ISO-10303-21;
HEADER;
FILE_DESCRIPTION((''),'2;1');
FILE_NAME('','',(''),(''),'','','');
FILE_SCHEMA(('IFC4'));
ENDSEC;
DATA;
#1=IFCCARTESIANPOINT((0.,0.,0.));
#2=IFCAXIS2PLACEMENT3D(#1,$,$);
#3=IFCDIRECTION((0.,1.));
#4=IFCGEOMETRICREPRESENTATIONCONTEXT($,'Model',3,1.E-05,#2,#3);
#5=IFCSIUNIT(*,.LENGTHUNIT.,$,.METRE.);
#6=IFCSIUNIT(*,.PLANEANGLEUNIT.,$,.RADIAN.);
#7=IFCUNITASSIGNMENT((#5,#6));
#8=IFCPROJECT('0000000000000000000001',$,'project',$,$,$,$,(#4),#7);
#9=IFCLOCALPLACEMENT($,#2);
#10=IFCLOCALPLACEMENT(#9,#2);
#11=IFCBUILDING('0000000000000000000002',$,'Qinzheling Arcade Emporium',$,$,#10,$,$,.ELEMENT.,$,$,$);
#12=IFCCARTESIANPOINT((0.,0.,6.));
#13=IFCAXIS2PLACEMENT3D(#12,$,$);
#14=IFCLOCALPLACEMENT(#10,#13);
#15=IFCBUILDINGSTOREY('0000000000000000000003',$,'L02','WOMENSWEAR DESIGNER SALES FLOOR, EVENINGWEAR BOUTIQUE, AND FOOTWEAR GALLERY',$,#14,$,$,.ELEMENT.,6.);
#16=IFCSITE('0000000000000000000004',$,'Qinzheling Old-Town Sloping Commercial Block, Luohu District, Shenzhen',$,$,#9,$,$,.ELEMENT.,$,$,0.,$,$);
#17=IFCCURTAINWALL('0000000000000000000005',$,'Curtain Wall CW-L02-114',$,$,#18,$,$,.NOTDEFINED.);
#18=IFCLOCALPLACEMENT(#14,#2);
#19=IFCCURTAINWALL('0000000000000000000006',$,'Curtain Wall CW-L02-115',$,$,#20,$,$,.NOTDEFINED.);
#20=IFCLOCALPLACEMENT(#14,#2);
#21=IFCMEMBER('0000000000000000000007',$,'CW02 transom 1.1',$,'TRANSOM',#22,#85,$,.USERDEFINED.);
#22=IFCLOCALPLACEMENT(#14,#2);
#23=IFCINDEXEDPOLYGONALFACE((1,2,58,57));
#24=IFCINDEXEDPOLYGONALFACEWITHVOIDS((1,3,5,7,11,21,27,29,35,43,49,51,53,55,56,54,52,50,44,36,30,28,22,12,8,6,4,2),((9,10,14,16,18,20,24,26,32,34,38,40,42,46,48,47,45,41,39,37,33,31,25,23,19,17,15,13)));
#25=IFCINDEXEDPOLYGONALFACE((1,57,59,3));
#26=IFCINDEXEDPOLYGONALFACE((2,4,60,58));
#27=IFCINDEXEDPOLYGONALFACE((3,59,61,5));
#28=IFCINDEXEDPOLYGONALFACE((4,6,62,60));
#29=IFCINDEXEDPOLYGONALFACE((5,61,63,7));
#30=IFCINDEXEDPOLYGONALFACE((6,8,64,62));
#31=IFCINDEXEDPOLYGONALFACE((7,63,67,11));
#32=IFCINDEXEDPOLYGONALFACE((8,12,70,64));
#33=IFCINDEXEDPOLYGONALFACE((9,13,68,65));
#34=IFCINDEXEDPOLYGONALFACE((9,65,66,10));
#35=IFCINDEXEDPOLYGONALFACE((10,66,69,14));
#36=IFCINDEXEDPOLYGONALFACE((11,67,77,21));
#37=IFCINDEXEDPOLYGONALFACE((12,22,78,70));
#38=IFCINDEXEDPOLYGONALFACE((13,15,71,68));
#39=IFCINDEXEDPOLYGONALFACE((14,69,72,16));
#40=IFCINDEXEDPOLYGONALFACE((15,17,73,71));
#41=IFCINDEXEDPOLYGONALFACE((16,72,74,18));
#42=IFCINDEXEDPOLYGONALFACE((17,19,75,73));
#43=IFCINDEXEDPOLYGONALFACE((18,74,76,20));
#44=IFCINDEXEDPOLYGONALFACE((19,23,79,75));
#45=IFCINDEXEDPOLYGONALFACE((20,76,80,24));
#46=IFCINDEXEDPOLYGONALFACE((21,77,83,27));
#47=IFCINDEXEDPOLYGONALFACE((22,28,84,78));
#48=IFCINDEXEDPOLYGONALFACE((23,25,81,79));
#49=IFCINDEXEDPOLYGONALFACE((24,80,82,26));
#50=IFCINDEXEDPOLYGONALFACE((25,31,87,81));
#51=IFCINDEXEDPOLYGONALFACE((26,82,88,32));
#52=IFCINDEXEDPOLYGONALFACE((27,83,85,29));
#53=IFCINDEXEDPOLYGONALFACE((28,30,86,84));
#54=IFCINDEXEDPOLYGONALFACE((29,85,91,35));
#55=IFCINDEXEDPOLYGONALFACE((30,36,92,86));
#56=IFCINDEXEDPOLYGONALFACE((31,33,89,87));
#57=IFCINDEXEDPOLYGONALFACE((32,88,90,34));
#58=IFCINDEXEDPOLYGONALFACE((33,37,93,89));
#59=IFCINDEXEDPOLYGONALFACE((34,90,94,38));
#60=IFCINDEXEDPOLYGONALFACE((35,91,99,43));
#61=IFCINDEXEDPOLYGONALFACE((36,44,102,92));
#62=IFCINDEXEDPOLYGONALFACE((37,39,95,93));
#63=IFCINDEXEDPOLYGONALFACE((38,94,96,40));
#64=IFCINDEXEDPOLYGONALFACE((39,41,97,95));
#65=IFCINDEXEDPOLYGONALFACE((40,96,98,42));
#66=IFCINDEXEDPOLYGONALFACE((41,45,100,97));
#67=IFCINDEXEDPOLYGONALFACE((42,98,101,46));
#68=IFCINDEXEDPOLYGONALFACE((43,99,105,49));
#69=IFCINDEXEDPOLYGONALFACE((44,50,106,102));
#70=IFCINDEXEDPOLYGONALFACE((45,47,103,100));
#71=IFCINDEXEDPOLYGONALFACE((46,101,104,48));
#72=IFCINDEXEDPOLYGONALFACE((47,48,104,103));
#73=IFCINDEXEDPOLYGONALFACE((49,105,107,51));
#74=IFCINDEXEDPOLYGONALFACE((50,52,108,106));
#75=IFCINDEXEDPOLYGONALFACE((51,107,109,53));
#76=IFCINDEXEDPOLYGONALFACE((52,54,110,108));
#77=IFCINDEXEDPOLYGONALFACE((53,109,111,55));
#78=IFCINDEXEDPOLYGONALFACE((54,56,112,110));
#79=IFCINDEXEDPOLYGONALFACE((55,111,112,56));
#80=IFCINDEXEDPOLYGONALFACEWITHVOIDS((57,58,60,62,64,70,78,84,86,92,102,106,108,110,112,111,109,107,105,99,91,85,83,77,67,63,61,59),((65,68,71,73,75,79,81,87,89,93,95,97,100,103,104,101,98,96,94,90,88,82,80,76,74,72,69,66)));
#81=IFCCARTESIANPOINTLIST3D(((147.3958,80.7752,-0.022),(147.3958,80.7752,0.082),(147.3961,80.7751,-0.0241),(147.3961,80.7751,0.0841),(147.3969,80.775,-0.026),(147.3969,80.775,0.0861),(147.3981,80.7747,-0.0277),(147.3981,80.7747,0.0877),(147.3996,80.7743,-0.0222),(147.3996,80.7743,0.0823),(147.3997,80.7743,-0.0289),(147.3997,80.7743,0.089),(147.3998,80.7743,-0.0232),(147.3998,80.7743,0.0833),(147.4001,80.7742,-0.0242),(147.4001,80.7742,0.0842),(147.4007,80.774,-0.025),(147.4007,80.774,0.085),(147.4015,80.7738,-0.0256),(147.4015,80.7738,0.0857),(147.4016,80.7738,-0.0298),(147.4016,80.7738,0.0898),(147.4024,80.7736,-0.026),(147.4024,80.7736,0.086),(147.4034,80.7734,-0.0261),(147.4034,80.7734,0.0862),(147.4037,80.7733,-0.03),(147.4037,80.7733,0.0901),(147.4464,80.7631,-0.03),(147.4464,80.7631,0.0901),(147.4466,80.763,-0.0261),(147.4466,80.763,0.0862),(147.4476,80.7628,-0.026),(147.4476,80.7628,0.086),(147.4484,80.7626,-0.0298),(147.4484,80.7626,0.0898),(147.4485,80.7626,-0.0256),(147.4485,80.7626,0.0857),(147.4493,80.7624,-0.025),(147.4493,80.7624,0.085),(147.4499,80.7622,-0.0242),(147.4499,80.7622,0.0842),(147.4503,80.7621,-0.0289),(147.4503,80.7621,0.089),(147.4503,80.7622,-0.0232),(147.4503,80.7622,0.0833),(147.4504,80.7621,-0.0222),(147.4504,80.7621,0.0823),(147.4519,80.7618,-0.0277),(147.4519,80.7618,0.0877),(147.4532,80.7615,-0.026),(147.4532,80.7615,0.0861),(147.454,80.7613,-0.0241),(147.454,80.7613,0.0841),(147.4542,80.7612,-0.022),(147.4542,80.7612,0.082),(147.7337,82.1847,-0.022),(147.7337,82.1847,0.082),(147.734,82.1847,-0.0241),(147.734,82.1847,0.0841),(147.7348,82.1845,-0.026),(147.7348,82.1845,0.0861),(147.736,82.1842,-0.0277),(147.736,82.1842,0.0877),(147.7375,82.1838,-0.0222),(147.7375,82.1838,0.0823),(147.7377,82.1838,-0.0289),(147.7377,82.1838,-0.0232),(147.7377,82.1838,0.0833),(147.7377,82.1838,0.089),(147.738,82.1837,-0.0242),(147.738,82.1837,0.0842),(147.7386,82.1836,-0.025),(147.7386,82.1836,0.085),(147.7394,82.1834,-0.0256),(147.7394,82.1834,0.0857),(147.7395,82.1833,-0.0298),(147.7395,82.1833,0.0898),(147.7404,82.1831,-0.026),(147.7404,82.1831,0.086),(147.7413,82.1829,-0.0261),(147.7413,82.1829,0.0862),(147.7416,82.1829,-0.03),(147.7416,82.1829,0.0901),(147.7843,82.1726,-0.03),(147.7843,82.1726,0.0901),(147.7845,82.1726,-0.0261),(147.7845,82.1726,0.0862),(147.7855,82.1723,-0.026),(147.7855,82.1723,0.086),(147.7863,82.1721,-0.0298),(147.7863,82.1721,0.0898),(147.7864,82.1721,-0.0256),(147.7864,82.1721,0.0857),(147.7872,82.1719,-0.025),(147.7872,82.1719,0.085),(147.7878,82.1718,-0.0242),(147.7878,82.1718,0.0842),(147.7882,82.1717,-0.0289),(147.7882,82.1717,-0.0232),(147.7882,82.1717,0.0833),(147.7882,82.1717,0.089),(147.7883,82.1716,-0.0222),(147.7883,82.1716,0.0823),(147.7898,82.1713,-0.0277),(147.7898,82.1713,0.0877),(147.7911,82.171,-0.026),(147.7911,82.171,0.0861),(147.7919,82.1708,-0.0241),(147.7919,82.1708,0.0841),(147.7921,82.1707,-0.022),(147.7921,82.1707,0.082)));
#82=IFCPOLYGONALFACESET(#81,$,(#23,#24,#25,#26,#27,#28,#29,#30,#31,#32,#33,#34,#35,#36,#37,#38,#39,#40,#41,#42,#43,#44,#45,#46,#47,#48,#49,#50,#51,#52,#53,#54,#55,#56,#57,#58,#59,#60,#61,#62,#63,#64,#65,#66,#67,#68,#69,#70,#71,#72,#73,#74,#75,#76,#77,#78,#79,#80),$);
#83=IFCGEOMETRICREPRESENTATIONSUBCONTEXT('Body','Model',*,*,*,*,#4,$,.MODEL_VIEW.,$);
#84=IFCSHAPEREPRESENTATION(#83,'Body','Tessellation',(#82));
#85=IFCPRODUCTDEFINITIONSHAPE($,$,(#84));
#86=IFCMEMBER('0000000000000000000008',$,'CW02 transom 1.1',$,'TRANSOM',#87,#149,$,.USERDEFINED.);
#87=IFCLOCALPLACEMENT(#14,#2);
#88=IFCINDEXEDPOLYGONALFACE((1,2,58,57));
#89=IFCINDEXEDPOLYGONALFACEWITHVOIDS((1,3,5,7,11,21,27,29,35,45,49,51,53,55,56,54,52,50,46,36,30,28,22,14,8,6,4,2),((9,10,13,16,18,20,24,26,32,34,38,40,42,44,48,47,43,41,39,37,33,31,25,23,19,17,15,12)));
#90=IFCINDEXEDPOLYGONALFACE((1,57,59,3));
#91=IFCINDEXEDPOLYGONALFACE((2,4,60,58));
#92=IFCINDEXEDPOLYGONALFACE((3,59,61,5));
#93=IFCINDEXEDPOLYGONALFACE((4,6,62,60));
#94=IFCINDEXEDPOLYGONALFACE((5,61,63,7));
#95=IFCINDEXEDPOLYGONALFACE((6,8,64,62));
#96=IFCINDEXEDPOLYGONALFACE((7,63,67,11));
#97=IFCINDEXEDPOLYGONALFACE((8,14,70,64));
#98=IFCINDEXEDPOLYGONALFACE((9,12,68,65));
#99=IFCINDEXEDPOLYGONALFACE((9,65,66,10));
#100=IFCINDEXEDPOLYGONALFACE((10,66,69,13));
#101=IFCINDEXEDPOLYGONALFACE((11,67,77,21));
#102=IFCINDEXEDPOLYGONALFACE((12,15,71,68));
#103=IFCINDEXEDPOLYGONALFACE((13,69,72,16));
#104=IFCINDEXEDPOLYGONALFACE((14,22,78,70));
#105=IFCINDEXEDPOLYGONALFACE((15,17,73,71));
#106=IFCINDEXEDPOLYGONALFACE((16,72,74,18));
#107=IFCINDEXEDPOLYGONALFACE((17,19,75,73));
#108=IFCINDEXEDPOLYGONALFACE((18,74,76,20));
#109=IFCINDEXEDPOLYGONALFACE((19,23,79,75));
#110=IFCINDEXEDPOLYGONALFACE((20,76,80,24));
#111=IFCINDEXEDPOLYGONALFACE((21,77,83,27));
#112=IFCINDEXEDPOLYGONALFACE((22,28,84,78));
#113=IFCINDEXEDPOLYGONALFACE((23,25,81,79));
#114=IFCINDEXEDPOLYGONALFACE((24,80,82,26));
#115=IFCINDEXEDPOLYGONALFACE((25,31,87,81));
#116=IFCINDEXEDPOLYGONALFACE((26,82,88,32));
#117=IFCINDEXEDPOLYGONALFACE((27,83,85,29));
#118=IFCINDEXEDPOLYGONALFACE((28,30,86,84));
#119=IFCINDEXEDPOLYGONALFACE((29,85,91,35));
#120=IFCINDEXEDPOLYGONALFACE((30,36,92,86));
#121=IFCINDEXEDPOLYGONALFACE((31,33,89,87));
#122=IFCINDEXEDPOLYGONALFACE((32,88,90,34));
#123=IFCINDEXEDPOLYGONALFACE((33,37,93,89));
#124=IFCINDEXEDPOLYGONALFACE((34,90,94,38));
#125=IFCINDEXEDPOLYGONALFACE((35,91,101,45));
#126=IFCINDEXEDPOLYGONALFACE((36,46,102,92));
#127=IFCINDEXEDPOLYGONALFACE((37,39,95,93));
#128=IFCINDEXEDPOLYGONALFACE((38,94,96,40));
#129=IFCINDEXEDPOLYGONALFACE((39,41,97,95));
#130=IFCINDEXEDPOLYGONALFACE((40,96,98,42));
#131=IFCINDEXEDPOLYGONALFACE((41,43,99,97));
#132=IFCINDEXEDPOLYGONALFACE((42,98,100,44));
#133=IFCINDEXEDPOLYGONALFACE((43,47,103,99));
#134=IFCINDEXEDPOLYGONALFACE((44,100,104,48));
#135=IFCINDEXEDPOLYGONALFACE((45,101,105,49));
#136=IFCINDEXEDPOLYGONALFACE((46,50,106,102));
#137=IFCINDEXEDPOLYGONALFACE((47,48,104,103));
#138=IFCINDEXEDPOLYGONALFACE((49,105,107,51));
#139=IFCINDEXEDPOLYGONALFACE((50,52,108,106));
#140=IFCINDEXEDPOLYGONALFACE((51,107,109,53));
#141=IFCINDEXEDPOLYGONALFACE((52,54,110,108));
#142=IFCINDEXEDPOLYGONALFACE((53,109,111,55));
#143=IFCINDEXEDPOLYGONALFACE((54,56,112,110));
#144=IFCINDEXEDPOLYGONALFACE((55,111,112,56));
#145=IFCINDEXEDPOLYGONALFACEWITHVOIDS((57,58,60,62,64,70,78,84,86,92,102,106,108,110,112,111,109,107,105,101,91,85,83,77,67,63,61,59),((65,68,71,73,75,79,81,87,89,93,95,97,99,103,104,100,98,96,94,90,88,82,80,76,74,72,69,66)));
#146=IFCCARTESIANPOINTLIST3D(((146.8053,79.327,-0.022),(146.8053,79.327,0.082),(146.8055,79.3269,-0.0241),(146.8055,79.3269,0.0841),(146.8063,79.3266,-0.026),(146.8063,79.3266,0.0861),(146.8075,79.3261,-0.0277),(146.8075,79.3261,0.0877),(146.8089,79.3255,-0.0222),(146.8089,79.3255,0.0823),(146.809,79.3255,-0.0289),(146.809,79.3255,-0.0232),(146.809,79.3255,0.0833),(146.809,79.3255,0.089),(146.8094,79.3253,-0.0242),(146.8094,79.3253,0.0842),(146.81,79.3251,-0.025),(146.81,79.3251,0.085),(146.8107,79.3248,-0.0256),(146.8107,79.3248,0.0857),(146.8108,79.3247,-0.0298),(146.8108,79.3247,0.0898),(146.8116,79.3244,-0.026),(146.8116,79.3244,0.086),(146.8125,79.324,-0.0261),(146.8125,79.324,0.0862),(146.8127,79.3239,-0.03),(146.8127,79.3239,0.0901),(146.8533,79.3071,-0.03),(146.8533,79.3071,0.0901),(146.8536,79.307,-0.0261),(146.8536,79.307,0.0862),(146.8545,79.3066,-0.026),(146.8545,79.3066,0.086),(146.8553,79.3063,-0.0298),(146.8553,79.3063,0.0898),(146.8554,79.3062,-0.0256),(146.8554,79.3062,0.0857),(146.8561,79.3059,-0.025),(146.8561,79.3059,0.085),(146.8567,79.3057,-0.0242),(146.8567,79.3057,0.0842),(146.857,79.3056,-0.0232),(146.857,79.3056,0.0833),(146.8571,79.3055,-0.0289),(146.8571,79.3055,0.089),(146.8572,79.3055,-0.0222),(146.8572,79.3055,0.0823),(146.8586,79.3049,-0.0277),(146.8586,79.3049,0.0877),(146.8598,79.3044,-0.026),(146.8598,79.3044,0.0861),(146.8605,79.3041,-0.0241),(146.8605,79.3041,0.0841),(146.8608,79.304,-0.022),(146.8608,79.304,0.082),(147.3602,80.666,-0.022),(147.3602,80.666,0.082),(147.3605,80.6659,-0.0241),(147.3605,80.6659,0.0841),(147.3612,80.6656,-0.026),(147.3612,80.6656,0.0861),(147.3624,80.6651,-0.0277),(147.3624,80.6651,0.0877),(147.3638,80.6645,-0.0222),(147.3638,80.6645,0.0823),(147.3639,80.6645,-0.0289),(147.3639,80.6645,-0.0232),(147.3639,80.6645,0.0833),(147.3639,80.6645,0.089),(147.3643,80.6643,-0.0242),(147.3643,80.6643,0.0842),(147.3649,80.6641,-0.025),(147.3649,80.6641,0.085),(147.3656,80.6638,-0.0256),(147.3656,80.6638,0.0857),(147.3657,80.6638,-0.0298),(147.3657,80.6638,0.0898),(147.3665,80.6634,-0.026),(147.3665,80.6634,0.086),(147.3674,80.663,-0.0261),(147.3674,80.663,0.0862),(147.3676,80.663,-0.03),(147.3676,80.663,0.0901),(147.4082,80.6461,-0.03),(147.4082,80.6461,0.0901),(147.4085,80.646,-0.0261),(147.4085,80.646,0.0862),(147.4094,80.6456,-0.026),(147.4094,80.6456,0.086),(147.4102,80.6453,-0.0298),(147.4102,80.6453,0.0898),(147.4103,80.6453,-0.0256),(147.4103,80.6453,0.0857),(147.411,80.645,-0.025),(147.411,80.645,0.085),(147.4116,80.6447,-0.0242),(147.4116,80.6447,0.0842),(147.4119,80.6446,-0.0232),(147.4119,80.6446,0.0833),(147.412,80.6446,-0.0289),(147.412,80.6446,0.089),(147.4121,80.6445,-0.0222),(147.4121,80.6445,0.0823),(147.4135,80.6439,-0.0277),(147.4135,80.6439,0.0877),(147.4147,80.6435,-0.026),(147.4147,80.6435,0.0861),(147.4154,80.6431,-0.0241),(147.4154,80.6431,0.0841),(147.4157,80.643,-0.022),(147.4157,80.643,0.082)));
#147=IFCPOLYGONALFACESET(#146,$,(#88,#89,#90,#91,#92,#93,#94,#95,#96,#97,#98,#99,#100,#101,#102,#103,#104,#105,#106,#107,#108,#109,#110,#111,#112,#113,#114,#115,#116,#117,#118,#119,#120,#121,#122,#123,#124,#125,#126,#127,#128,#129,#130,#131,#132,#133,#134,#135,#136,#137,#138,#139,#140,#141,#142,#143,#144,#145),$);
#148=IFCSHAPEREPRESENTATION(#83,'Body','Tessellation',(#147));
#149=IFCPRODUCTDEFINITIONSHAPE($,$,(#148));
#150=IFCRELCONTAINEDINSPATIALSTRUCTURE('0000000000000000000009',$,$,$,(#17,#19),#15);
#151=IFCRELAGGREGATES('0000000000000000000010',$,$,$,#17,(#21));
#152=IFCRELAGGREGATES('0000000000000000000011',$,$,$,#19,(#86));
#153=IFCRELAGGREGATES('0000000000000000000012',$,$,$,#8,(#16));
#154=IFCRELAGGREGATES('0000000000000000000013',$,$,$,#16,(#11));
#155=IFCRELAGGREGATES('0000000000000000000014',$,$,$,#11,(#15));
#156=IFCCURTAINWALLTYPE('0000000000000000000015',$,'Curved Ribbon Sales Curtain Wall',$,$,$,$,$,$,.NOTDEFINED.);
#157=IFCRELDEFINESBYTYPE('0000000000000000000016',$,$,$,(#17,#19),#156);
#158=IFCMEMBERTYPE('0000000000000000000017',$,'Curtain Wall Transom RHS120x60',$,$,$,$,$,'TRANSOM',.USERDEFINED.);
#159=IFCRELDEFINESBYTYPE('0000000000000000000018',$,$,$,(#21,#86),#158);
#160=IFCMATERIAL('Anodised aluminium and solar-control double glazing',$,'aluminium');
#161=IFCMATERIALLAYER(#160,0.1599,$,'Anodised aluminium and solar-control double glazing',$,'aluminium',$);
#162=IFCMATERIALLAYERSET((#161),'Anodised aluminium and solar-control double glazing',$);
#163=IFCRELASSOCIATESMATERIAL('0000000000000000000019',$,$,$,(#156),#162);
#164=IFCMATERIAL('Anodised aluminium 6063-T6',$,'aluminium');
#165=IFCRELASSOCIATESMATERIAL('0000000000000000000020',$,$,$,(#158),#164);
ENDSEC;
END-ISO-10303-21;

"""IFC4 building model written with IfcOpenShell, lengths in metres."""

from ifc_helpers import new_model, si_unit, direction, frame, origin, origin_2d, place, context, subcontext, project, spatial, hollow_rectangle, extrude, material, layer, layer_set, material_profile, profile_set, type_object, element, aggregate, save


model = new_model("IFC4")

# Units and contexts
model_context = context("Model", 3, precision=1e-05, world=origin(), true_north=direction((0.0, 1.0)))
body_context = subcontext(model_context, "Body", "Model", "MODEL_VIEW")
ifc_project = project(units=[si_unit("LENGTHUNIT", "METRE"), si_unit("PLANEANGLEUNIT", "RADIAN")], contexts=[model_context])

# Site, building, storey
site_placement = place(None, origin())
site = spatial("IfcSite", under=ifc_project, at=site_placement, Name="Qinzheling Old-Town Sloping Commercial Block, Luohu District, Shenzhen", CompositionType="ELEMENT", RefElevation=0.0)
building_placement = place(site_placement, origin())
building = spatial("IfcBuilding", under=site, at=building_placement, Name="Qinzheling Arcade Emporium", CompositionType="ELEMENT")
storey_placement = place(building_placement, frame((0.0, 0.0, 6.0)))
storey = spatial("IfcBuildingStorey", under=building, at=storey_placement, Name="L02", Description="WOMENSWEAR DESIGNER SALES FLOOR, EVENINGWEAR BOUTIQUE, AND FOOTWEAR GALLERY", CompositionType="ELEMENT", Elevation=6.0)

# Curtain wall
ifc_material_1 = material(Name="Anodised aluminium and solar-control double glazing", Category="aluminium")
ifc_layer_1 = layer(ifc_material_1, 0.1599, Name="Anodised aluminium and solar-control double glazing", Category="aluminium")
ifc_layer_set_1 = layer_set([ifc_layer_1], Name="Anodised aluminium and solar-control double glazing")
curtain_wall_type = type_object("IfcCurtainWallType", Name="Curved Ribbon Sales Curtain Wall", PredefinedType="NOTDEFINED", material=ifc_layer_set_1)
curtain_wall_1_placement = place(storey_placement, origin())
curtain_wall_1 = element("IfcCurtainWall", 1, at=curtain_wall_1_placement, inside=storey, type_object=curtain_wall_type, Name="Curtain Wall CW-L02-114", PredefinedType="NOTDEFINED")
ifc_material_2 = material(Name="Anodised aluminium 6063-T6", Category="aluminium")

# Curtain wall
curtain_wall_2_placement = place(storey_placement, origin())
curtain_wall_2 = element("IfcCurtainWall", 2, at=curtain_wall_2_placement, inside=storey, type_object=curtain_wall_type, Name="Curtain Wall CW-L02-115", PredefinedType="NOTDEFINED")

# Members
ifc_material_profile_1 = material_profile(ifc_material_2, hollow_rectangle(XDim=0.0601, YDim=0.1201, WallThickness=0.0039, InnerFilletRadius=0.0039, OuterFilletRadius=0.0081, at=origin_2d()), Name="RHS 120x60x4", Category="aluminium")
ifc_profile_set_1 = profile_set([ifc_material_profile_1], Name="Anodised aluminium 6063-T6")
member_type_1 = type_object("IfcMemberType", Name="Curtain Wall Transom RHS120x60", ElementType="TRANSOM", PredefinedType="USERDEFINED", material=ifc_profile_set_1)
member_1_placement = place(storey_placement, frame((147.7629, 82.1777, 0.03), z_axis=(-0.233131, -0.972445, 0.0), x_axis=(0.972445, -0.233131, 0.0)))
member_1 = element("IfcMember", 3, at=member_1_placement, type_object=member_type_1, Name="CW02 transom 1.1", ObjectType="TRANSOM", PredefinedType="USERDEFINED", context=body_context, shape_type="SweptSolid", body=[
    extrude(hollow_rectangle(XDim=0.0601, YDim=0.1201, WallThickness=0.0039, InnerFilletRadius=0.0039, OuterFilletRadius=0.0081, at=origin_2d()), origin(), (0.0, 0.0, 1.0), 1.4495),
])
member_2_placement = place(storey_placement, frame((147.3879, 80.6545, 0.03), z_axis=(-0.382833, -0.923818, 0.0), x_axis=(0.923818, -0.382833, 0.0)))
member_2 = element("IfcMember", 4, at=member_2_placement, type_object=member_type_1, Name="CW02 transom 1.1", ObjectType="TRANSOM", PredefinedType="USERDEFINED", context=body_context, shape_type="SweptSolid", body=[
    extrude(hollow_rectangle(XDim=0.0601, YDim=0.1201, WallThickness=0.0039, InnerFilletRadius=0.0039, OuterFilletRadius=0.0081, at=origin_2d()), origin(), (0.0, 0.0, 1.0), 1.4495),
])

aggregate(curtain_wall_1, [member_1])
aggregate(curtain_wall_2, [member_2])

save(model, "model.ifc")
